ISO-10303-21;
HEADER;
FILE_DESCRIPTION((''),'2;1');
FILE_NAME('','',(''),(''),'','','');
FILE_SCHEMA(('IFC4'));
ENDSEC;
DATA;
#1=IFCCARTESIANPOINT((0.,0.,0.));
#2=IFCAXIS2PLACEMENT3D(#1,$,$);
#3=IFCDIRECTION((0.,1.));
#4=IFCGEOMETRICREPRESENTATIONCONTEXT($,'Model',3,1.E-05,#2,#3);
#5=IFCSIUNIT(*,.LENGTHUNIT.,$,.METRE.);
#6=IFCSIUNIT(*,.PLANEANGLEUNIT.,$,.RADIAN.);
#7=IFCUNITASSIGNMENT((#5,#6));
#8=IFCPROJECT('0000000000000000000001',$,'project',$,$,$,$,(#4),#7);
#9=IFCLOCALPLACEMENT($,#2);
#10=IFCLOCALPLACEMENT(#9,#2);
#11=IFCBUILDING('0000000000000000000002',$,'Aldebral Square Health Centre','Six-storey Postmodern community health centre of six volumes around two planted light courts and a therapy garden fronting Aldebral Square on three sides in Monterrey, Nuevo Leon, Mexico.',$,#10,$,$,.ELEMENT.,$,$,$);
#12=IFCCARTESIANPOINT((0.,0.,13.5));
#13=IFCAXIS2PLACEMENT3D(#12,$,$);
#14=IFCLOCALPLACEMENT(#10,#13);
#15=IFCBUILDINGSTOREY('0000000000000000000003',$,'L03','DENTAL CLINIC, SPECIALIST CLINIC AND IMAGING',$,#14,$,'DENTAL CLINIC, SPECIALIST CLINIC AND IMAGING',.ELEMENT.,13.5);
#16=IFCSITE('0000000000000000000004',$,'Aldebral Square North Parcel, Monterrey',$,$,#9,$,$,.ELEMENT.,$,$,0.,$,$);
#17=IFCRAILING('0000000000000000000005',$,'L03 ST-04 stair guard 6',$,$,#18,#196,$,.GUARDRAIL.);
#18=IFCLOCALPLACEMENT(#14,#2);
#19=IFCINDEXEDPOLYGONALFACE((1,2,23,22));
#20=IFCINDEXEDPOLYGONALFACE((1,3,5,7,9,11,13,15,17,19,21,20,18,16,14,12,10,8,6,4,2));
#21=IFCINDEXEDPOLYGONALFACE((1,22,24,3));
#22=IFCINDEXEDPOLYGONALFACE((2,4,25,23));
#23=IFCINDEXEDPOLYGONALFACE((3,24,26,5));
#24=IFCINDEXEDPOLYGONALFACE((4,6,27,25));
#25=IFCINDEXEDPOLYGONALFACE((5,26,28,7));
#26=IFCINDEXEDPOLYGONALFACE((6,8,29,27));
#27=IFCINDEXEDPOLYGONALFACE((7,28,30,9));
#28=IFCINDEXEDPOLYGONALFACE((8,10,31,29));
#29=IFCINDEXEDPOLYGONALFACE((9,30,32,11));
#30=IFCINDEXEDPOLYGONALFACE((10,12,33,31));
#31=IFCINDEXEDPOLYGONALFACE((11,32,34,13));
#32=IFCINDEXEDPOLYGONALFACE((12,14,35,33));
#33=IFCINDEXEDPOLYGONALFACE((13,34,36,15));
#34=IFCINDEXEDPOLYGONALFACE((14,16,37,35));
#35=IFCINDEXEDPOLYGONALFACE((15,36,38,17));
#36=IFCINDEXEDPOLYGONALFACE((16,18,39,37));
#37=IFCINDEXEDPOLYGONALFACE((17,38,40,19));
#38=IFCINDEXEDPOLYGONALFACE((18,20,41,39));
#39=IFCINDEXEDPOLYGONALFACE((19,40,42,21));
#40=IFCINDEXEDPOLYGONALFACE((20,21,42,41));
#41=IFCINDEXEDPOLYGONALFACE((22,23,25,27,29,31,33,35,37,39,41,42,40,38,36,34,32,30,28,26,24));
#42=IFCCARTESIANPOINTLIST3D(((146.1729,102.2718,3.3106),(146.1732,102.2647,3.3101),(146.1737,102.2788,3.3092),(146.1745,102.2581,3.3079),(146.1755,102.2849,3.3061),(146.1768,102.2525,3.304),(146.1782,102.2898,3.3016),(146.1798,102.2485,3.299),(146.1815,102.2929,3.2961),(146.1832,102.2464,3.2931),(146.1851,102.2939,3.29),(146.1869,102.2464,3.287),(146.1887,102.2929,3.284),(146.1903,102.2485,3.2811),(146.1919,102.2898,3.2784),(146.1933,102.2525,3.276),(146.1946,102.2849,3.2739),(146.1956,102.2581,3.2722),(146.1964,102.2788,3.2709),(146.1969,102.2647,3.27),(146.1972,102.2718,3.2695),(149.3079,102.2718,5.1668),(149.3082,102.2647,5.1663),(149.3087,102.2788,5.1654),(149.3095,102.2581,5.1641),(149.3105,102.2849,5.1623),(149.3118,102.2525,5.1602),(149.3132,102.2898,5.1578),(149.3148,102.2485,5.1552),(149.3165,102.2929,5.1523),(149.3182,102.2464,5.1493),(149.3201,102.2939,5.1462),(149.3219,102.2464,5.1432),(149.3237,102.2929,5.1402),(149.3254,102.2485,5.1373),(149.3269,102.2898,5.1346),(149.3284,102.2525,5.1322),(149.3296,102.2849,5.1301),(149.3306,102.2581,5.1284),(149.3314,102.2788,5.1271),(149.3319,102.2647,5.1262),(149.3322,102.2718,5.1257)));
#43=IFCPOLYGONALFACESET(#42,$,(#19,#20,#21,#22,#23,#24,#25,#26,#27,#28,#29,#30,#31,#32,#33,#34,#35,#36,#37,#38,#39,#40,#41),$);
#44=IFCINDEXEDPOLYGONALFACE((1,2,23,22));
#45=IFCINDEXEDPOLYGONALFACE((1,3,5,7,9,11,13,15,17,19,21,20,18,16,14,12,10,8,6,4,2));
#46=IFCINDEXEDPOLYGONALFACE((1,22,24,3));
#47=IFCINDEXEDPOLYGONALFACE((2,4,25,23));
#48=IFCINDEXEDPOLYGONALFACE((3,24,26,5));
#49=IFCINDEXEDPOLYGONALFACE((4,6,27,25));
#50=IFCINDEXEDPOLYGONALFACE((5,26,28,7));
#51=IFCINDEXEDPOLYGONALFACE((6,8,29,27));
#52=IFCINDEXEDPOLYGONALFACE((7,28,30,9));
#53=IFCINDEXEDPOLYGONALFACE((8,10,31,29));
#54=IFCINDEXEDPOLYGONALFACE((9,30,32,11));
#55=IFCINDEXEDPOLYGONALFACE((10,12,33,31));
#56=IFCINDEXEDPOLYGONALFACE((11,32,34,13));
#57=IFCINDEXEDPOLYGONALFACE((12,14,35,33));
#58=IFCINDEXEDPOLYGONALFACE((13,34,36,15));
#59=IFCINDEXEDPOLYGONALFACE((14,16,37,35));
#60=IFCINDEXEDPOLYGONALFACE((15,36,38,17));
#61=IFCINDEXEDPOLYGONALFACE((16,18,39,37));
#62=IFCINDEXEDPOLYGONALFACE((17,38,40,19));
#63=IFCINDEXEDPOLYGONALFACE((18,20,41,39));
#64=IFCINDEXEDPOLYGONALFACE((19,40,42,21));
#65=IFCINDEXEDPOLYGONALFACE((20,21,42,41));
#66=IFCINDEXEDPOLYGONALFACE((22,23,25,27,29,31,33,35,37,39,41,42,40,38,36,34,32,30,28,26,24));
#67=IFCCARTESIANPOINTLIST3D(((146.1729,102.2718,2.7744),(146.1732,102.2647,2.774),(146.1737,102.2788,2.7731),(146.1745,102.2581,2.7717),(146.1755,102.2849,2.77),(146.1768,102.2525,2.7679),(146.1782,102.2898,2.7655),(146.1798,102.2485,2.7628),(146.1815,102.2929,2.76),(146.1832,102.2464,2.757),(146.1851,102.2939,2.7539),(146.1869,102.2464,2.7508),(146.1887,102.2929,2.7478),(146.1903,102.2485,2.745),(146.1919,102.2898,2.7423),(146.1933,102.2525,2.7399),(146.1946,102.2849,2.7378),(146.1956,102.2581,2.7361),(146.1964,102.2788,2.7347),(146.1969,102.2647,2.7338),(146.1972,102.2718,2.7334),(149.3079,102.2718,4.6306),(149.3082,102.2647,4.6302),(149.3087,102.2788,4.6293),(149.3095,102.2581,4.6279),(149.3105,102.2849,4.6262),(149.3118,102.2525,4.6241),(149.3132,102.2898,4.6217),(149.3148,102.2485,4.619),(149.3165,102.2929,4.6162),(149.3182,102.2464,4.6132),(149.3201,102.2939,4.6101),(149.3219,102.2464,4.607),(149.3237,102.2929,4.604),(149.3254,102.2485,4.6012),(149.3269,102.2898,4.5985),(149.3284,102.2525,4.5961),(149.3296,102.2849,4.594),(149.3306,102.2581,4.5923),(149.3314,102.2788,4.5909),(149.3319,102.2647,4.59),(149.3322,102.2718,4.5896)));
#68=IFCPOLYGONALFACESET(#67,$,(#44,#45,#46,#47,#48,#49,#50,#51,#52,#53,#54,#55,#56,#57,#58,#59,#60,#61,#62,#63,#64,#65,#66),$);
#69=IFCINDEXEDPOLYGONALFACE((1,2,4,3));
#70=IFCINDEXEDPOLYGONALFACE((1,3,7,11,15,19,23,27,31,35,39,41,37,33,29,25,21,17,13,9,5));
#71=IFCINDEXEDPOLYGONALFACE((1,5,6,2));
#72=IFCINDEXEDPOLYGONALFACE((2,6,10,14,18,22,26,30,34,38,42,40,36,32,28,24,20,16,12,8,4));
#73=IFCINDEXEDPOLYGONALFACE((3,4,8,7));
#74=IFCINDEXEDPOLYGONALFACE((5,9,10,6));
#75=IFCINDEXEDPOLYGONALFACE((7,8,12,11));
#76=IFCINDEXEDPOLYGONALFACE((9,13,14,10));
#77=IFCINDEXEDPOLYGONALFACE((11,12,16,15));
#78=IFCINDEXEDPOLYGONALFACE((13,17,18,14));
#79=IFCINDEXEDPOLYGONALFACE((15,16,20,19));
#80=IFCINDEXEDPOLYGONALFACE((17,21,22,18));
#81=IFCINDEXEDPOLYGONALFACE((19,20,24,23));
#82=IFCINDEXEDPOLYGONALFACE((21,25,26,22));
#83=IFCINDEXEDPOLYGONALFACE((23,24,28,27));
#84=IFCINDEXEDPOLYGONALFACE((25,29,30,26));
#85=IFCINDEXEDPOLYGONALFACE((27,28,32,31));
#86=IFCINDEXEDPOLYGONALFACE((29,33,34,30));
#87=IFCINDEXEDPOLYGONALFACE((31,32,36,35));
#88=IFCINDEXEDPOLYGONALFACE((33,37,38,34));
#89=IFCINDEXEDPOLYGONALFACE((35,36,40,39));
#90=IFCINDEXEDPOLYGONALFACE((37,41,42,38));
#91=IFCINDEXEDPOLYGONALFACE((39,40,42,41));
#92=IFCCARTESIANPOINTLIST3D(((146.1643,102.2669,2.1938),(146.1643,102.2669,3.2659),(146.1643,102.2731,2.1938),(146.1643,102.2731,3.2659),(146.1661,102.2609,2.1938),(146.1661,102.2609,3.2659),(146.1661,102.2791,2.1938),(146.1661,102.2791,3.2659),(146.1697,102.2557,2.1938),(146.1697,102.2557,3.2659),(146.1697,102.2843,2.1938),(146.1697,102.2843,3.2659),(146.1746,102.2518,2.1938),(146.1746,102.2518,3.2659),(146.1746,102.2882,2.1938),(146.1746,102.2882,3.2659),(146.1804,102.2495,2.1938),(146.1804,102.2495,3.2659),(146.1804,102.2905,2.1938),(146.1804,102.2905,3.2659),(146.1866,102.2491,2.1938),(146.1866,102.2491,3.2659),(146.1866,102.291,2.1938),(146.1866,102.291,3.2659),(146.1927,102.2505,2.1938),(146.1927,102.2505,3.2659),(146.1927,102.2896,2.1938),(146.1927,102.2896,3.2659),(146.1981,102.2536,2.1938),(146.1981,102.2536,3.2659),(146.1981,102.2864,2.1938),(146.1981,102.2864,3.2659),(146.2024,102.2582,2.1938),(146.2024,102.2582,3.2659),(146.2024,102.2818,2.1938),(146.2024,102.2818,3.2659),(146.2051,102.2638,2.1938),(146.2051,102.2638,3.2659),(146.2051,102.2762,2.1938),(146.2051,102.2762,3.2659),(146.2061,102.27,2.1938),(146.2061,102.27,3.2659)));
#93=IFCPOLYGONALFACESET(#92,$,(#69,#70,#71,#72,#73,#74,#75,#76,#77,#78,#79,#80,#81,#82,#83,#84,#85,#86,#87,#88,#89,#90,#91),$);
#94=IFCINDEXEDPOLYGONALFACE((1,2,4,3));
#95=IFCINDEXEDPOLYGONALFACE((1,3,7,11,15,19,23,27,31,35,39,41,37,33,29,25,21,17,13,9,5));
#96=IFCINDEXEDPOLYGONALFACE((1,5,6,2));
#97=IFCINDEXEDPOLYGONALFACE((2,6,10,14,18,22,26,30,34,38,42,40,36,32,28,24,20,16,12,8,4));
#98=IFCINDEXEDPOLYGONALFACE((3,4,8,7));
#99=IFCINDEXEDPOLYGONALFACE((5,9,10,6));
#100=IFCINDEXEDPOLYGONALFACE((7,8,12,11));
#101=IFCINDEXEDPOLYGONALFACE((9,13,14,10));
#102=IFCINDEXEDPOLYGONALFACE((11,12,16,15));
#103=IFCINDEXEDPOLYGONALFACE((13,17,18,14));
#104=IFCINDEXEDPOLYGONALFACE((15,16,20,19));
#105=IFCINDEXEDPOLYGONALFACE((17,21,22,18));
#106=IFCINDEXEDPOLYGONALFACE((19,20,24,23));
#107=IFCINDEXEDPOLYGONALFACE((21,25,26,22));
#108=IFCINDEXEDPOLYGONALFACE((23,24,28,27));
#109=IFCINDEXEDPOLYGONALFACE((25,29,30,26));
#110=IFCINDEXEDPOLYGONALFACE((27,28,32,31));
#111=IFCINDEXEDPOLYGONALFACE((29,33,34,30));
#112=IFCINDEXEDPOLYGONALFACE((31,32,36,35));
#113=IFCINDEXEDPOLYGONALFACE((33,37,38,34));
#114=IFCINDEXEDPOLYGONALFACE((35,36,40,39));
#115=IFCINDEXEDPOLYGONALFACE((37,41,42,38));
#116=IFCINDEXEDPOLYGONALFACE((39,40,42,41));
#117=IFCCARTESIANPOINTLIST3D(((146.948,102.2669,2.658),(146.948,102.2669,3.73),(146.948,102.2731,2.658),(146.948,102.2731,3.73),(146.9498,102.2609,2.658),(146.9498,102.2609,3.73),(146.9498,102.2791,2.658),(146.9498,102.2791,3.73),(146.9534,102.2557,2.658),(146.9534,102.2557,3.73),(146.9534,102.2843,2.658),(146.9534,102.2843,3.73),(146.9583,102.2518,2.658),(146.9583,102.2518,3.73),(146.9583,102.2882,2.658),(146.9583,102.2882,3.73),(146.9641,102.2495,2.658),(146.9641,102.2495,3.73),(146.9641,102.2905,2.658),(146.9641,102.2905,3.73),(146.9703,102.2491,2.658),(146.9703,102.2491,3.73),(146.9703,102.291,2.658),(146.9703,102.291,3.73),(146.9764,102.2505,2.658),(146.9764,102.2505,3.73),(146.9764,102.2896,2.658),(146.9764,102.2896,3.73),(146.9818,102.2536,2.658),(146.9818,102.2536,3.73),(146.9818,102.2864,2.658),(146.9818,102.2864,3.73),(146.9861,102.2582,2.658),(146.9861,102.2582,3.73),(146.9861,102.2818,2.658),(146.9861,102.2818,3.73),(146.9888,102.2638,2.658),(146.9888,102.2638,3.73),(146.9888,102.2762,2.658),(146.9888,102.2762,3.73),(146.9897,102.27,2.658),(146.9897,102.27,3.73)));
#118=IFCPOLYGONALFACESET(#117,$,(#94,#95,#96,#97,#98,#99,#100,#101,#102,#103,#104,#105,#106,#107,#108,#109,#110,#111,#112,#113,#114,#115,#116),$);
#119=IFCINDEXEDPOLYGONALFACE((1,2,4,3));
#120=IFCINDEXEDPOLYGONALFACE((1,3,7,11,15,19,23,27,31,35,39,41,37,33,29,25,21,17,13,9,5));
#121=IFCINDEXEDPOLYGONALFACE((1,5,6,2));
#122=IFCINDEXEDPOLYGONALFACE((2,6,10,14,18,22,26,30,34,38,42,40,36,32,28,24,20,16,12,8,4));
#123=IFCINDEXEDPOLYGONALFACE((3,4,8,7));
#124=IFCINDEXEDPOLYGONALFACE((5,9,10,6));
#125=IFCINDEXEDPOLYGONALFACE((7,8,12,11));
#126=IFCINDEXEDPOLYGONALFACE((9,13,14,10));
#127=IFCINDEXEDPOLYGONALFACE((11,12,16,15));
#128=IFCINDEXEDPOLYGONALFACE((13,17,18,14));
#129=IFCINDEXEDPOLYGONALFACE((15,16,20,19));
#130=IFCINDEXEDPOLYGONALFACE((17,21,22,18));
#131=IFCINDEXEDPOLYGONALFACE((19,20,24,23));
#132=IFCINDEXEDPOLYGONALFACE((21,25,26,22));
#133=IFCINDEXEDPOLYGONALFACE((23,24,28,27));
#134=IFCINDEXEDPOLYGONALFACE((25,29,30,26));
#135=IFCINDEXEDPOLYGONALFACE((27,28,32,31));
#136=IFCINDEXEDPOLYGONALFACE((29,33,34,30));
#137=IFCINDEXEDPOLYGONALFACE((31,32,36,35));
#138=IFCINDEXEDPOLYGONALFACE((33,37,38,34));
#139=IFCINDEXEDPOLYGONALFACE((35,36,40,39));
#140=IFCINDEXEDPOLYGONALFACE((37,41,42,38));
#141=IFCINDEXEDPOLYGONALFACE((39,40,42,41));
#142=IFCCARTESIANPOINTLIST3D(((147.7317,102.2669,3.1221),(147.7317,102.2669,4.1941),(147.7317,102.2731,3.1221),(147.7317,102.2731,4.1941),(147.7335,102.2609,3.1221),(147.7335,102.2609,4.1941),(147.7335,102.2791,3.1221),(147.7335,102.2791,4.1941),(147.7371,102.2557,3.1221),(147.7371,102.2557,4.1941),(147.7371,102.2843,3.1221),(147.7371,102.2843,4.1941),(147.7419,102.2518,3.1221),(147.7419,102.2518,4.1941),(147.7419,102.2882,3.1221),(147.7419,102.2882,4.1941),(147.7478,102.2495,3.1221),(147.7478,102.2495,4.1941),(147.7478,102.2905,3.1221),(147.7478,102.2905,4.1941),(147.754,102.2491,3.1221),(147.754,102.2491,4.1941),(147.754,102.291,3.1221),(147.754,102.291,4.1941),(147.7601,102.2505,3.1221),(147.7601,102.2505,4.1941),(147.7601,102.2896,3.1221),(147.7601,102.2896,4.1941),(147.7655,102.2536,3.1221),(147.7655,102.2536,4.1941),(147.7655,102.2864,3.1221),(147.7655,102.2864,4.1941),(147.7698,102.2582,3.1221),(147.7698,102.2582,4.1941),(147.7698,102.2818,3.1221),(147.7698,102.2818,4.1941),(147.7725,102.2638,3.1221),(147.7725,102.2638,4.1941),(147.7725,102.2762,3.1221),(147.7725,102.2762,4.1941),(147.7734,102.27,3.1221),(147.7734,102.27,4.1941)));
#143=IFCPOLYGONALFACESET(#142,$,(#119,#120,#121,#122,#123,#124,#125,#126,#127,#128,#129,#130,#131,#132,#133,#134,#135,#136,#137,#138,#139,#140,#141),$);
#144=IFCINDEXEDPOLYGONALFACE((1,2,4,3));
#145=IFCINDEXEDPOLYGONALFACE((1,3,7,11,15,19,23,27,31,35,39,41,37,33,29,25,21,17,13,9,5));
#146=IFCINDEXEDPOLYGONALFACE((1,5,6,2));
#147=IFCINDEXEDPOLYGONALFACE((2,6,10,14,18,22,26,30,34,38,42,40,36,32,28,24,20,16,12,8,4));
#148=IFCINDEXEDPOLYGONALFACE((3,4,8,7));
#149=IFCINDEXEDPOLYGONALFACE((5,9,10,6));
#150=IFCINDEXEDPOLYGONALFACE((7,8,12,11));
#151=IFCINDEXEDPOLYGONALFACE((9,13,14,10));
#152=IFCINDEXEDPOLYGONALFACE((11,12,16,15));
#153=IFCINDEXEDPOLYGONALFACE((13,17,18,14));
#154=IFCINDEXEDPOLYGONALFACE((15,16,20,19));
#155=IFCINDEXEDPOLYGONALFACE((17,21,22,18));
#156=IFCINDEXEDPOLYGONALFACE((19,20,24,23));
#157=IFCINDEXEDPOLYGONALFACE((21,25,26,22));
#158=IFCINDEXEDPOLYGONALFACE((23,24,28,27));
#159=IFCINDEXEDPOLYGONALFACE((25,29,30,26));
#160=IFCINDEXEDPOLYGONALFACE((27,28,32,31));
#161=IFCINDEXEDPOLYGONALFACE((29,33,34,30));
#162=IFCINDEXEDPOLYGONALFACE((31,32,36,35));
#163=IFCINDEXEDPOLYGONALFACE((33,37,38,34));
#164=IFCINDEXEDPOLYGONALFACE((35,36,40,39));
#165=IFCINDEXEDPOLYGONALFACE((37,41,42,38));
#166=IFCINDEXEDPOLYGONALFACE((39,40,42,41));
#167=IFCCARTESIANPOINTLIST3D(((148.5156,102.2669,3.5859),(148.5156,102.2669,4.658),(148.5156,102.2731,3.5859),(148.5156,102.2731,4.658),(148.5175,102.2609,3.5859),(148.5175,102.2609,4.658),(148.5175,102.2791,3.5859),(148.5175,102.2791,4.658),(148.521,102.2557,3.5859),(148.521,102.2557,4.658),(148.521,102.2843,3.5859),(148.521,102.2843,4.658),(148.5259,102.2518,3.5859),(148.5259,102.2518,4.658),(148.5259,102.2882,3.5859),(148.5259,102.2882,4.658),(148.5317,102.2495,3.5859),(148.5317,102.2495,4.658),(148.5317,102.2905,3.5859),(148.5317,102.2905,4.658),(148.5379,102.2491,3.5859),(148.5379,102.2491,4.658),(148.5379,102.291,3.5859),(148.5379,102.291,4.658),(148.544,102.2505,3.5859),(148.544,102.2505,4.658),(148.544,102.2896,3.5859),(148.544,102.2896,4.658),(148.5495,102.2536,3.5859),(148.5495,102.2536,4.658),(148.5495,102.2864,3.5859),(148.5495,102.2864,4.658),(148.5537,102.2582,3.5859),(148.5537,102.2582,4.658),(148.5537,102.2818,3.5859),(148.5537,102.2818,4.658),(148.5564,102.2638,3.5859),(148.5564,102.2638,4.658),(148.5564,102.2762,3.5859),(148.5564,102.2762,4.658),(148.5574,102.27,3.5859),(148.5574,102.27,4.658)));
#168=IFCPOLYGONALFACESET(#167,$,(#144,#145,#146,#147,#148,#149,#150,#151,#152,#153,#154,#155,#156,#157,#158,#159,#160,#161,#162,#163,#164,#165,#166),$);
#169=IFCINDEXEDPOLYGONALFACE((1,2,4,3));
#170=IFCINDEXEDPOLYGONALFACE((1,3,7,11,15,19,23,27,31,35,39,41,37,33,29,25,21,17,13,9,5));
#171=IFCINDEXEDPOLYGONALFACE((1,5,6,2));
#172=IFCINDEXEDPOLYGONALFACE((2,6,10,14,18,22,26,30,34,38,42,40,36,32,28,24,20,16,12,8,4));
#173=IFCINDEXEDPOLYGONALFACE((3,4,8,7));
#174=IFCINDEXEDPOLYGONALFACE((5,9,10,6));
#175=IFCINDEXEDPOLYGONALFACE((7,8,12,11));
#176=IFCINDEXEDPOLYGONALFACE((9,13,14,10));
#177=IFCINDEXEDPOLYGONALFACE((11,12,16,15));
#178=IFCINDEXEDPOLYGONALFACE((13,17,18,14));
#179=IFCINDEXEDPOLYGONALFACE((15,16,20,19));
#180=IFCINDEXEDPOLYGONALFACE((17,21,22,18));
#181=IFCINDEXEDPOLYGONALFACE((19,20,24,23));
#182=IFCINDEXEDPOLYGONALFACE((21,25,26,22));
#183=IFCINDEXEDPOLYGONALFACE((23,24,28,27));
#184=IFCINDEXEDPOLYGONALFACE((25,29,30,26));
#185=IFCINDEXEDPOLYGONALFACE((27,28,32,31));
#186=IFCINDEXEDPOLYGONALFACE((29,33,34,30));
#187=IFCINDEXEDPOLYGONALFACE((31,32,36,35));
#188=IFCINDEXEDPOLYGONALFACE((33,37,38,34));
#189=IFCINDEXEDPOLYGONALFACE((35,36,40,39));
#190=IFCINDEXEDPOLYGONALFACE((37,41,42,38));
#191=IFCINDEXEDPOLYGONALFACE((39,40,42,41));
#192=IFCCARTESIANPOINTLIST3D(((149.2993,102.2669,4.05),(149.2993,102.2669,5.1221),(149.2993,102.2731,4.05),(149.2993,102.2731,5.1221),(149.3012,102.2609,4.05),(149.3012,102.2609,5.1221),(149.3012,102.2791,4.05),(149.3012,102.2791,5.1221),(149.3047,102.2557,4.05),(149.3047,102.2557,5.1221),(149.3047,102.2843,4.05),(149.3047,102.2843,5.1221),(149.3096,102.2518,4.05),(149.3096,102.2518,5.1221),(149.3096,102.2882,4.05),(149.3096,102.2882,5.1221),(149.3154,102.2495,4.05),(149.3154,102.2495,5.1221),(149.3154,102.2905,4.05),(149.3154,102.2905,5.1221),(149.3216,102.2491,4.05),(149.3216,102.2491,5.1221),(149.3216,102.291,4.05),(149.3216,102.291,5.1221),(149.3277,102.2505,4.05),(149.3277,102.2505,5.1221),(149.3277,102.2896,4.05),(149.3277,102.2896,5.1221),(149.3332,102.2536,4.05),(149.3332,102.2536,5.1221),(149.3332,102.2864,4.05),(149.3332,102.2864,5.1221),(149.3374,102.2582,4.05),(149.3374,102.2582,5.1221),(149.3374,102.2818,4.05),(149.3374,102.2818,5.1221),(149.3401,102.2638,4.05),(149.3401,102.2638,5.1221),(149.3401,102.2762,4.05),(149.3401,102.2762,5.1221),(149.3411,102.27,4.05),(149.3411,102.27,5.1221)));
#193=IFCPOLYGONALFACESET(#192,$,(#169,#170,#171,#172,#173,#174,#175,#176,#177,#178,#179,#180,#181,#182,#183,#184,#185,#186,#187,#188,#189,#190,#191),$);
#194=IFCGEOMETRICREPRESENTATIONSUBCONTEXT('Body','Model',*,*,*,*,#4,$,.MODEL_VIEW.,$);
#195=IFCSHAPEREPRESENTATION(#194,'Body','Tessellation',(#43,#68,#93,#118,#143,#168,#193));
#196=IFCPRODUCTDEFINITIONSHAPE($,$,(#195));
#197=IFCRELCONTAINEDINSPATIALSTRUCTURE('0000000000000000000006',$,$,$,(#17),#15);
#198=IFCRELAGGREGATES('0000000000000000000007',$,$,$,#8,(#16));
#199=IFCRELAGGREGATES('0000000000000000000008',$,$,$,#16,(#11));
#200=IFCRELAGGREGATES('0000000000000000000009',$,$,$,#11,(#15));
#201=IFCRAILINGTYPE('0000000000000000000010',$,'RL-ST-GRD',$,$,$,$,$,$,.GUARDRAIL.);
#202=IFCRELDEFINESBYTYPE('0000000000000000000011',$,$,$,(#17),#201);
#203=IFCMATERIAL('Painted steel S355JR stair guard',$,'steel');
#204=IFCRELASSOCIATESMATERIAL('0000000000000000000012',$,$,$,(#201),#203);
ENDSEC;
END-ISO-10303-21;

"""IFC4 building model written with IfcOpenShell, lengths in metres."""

from ifc_helpers import new_model, si_unit, direction, frame, origin, origin_2d, place, context, subcontext, project, spatial, circle, extrude, material, type_object, element, save


model = new_model("IFC4")

# Units and contexts
model_context = context("Model", 3, precision=1e-05, world=origin(), true_north=direction((0.0, 1.0)))
body_context = subcontext(model_context, "Body", "Model", "MODEL_VIEW")
ifc_project = project(units=[si_unit("LENGTHUNIT", "METRE"), si_unit("PLANEANGLEUNIT", "RADIAN")], contexts=[model_context])

# Site, building, storey
site_placement = place(None, origin())
site = spatial("IfcSite", under=ifc_project, at=site_placement, Name="Aldebral Square North Parcel, Monterrey", CompositionType="ELEMENT", RefElevation=0.0)
building_placement = place(site_placement, origin())
building = spatial("IfcBuilding", under=site, at=building_placement, Name="Aldebral Square Health Centre", Description="Six-storey Postmodern community health centre of six volumes around two planted light courts and a therapy garden fronting Aldebral Square on three sides in Monterrey, Nuevo Leon, Mexico.", CompositionType="ELEMENT")
storey_placement = place(building_placement, frame((0.0, 0.0, 13.5)))
storey = spatial("IfcBuildingStorey", under=building, at=storey_placement, Name="L03", Description="DENTAL CLINIC, SPECIALIST CLINIC AND IMAGING", LongName="DENTAL CLINIC, SPECIALIST CLINIC AND IMAGING", CompositionType="ELEMENT", Elevation=13.5)

# Railing
ifc_material_1 = material(Name="Painted steel S355JR stair guard", Category="steel")
railing_type_1 = type_object("IfcRailingType", Name="RL-ST-GRD", PredefinedType="GUARDRAIL", material=ifc_material_1)
railing_1_placement = place(storey_placement, frame((146.1851, 102.27, 2.1938)))
element("IfcRailing", 1, at=railing_1_placement, inside=storey, type_object=railing_type_1, Name="L03 ST-04 stair guard 6", PredefinedType="GUARDRAIL", context=body_context, shape_type="SweptSolid", body=[
    extrude(circle(Radius=0.0239, at=origin_2d()), frame((0.0, 0.0, 1.0962), z_axis=(0.860482, 0.0, 0.509481), x_axis=(0.0, 1.0, 0.0)), (0.0, 0.0, 1.0), 3.6433),
    extrude(circle(Radius=0.0239, at=origin_2d()), frame((0.0, 0.0, 0.5601), z_axis=(0.860482, 0.0, 0.509481), x_axis=(0.0, 1.0, 0.0)), (0.0, 0.0, 1.0), 3.6433),
    extrude(circle(Radius=0.021, at=origin_2d()), origin(), (0.0, 0.0, 1.0), 1.072),
    extrude(circle(Radius=0.021, at=origin_2d()), frame((0.7837, 0.0, 0.4641)), (0.0, 0.0, 1.0), 1.072),
    extrude(circle(Radius=0.021, at=origin_2d()), frame((1.5674, 0.0, 0.9282)), (0.0, 0.0, 1.0), 1.072),
    extrude(circle(Radius=0.021, at=origin_2d()), frame((2.3513, 0.0, 1.3921)), (0.0, 0.0, 1.0), 1.072),
    extrude(circle(Radius=0.021, at=origin_2d()), frame((3.135, 0.0, 1.8562)), (0.0, 0.0, 1.0), 1.072),
])

save(model, "model.ifc")
